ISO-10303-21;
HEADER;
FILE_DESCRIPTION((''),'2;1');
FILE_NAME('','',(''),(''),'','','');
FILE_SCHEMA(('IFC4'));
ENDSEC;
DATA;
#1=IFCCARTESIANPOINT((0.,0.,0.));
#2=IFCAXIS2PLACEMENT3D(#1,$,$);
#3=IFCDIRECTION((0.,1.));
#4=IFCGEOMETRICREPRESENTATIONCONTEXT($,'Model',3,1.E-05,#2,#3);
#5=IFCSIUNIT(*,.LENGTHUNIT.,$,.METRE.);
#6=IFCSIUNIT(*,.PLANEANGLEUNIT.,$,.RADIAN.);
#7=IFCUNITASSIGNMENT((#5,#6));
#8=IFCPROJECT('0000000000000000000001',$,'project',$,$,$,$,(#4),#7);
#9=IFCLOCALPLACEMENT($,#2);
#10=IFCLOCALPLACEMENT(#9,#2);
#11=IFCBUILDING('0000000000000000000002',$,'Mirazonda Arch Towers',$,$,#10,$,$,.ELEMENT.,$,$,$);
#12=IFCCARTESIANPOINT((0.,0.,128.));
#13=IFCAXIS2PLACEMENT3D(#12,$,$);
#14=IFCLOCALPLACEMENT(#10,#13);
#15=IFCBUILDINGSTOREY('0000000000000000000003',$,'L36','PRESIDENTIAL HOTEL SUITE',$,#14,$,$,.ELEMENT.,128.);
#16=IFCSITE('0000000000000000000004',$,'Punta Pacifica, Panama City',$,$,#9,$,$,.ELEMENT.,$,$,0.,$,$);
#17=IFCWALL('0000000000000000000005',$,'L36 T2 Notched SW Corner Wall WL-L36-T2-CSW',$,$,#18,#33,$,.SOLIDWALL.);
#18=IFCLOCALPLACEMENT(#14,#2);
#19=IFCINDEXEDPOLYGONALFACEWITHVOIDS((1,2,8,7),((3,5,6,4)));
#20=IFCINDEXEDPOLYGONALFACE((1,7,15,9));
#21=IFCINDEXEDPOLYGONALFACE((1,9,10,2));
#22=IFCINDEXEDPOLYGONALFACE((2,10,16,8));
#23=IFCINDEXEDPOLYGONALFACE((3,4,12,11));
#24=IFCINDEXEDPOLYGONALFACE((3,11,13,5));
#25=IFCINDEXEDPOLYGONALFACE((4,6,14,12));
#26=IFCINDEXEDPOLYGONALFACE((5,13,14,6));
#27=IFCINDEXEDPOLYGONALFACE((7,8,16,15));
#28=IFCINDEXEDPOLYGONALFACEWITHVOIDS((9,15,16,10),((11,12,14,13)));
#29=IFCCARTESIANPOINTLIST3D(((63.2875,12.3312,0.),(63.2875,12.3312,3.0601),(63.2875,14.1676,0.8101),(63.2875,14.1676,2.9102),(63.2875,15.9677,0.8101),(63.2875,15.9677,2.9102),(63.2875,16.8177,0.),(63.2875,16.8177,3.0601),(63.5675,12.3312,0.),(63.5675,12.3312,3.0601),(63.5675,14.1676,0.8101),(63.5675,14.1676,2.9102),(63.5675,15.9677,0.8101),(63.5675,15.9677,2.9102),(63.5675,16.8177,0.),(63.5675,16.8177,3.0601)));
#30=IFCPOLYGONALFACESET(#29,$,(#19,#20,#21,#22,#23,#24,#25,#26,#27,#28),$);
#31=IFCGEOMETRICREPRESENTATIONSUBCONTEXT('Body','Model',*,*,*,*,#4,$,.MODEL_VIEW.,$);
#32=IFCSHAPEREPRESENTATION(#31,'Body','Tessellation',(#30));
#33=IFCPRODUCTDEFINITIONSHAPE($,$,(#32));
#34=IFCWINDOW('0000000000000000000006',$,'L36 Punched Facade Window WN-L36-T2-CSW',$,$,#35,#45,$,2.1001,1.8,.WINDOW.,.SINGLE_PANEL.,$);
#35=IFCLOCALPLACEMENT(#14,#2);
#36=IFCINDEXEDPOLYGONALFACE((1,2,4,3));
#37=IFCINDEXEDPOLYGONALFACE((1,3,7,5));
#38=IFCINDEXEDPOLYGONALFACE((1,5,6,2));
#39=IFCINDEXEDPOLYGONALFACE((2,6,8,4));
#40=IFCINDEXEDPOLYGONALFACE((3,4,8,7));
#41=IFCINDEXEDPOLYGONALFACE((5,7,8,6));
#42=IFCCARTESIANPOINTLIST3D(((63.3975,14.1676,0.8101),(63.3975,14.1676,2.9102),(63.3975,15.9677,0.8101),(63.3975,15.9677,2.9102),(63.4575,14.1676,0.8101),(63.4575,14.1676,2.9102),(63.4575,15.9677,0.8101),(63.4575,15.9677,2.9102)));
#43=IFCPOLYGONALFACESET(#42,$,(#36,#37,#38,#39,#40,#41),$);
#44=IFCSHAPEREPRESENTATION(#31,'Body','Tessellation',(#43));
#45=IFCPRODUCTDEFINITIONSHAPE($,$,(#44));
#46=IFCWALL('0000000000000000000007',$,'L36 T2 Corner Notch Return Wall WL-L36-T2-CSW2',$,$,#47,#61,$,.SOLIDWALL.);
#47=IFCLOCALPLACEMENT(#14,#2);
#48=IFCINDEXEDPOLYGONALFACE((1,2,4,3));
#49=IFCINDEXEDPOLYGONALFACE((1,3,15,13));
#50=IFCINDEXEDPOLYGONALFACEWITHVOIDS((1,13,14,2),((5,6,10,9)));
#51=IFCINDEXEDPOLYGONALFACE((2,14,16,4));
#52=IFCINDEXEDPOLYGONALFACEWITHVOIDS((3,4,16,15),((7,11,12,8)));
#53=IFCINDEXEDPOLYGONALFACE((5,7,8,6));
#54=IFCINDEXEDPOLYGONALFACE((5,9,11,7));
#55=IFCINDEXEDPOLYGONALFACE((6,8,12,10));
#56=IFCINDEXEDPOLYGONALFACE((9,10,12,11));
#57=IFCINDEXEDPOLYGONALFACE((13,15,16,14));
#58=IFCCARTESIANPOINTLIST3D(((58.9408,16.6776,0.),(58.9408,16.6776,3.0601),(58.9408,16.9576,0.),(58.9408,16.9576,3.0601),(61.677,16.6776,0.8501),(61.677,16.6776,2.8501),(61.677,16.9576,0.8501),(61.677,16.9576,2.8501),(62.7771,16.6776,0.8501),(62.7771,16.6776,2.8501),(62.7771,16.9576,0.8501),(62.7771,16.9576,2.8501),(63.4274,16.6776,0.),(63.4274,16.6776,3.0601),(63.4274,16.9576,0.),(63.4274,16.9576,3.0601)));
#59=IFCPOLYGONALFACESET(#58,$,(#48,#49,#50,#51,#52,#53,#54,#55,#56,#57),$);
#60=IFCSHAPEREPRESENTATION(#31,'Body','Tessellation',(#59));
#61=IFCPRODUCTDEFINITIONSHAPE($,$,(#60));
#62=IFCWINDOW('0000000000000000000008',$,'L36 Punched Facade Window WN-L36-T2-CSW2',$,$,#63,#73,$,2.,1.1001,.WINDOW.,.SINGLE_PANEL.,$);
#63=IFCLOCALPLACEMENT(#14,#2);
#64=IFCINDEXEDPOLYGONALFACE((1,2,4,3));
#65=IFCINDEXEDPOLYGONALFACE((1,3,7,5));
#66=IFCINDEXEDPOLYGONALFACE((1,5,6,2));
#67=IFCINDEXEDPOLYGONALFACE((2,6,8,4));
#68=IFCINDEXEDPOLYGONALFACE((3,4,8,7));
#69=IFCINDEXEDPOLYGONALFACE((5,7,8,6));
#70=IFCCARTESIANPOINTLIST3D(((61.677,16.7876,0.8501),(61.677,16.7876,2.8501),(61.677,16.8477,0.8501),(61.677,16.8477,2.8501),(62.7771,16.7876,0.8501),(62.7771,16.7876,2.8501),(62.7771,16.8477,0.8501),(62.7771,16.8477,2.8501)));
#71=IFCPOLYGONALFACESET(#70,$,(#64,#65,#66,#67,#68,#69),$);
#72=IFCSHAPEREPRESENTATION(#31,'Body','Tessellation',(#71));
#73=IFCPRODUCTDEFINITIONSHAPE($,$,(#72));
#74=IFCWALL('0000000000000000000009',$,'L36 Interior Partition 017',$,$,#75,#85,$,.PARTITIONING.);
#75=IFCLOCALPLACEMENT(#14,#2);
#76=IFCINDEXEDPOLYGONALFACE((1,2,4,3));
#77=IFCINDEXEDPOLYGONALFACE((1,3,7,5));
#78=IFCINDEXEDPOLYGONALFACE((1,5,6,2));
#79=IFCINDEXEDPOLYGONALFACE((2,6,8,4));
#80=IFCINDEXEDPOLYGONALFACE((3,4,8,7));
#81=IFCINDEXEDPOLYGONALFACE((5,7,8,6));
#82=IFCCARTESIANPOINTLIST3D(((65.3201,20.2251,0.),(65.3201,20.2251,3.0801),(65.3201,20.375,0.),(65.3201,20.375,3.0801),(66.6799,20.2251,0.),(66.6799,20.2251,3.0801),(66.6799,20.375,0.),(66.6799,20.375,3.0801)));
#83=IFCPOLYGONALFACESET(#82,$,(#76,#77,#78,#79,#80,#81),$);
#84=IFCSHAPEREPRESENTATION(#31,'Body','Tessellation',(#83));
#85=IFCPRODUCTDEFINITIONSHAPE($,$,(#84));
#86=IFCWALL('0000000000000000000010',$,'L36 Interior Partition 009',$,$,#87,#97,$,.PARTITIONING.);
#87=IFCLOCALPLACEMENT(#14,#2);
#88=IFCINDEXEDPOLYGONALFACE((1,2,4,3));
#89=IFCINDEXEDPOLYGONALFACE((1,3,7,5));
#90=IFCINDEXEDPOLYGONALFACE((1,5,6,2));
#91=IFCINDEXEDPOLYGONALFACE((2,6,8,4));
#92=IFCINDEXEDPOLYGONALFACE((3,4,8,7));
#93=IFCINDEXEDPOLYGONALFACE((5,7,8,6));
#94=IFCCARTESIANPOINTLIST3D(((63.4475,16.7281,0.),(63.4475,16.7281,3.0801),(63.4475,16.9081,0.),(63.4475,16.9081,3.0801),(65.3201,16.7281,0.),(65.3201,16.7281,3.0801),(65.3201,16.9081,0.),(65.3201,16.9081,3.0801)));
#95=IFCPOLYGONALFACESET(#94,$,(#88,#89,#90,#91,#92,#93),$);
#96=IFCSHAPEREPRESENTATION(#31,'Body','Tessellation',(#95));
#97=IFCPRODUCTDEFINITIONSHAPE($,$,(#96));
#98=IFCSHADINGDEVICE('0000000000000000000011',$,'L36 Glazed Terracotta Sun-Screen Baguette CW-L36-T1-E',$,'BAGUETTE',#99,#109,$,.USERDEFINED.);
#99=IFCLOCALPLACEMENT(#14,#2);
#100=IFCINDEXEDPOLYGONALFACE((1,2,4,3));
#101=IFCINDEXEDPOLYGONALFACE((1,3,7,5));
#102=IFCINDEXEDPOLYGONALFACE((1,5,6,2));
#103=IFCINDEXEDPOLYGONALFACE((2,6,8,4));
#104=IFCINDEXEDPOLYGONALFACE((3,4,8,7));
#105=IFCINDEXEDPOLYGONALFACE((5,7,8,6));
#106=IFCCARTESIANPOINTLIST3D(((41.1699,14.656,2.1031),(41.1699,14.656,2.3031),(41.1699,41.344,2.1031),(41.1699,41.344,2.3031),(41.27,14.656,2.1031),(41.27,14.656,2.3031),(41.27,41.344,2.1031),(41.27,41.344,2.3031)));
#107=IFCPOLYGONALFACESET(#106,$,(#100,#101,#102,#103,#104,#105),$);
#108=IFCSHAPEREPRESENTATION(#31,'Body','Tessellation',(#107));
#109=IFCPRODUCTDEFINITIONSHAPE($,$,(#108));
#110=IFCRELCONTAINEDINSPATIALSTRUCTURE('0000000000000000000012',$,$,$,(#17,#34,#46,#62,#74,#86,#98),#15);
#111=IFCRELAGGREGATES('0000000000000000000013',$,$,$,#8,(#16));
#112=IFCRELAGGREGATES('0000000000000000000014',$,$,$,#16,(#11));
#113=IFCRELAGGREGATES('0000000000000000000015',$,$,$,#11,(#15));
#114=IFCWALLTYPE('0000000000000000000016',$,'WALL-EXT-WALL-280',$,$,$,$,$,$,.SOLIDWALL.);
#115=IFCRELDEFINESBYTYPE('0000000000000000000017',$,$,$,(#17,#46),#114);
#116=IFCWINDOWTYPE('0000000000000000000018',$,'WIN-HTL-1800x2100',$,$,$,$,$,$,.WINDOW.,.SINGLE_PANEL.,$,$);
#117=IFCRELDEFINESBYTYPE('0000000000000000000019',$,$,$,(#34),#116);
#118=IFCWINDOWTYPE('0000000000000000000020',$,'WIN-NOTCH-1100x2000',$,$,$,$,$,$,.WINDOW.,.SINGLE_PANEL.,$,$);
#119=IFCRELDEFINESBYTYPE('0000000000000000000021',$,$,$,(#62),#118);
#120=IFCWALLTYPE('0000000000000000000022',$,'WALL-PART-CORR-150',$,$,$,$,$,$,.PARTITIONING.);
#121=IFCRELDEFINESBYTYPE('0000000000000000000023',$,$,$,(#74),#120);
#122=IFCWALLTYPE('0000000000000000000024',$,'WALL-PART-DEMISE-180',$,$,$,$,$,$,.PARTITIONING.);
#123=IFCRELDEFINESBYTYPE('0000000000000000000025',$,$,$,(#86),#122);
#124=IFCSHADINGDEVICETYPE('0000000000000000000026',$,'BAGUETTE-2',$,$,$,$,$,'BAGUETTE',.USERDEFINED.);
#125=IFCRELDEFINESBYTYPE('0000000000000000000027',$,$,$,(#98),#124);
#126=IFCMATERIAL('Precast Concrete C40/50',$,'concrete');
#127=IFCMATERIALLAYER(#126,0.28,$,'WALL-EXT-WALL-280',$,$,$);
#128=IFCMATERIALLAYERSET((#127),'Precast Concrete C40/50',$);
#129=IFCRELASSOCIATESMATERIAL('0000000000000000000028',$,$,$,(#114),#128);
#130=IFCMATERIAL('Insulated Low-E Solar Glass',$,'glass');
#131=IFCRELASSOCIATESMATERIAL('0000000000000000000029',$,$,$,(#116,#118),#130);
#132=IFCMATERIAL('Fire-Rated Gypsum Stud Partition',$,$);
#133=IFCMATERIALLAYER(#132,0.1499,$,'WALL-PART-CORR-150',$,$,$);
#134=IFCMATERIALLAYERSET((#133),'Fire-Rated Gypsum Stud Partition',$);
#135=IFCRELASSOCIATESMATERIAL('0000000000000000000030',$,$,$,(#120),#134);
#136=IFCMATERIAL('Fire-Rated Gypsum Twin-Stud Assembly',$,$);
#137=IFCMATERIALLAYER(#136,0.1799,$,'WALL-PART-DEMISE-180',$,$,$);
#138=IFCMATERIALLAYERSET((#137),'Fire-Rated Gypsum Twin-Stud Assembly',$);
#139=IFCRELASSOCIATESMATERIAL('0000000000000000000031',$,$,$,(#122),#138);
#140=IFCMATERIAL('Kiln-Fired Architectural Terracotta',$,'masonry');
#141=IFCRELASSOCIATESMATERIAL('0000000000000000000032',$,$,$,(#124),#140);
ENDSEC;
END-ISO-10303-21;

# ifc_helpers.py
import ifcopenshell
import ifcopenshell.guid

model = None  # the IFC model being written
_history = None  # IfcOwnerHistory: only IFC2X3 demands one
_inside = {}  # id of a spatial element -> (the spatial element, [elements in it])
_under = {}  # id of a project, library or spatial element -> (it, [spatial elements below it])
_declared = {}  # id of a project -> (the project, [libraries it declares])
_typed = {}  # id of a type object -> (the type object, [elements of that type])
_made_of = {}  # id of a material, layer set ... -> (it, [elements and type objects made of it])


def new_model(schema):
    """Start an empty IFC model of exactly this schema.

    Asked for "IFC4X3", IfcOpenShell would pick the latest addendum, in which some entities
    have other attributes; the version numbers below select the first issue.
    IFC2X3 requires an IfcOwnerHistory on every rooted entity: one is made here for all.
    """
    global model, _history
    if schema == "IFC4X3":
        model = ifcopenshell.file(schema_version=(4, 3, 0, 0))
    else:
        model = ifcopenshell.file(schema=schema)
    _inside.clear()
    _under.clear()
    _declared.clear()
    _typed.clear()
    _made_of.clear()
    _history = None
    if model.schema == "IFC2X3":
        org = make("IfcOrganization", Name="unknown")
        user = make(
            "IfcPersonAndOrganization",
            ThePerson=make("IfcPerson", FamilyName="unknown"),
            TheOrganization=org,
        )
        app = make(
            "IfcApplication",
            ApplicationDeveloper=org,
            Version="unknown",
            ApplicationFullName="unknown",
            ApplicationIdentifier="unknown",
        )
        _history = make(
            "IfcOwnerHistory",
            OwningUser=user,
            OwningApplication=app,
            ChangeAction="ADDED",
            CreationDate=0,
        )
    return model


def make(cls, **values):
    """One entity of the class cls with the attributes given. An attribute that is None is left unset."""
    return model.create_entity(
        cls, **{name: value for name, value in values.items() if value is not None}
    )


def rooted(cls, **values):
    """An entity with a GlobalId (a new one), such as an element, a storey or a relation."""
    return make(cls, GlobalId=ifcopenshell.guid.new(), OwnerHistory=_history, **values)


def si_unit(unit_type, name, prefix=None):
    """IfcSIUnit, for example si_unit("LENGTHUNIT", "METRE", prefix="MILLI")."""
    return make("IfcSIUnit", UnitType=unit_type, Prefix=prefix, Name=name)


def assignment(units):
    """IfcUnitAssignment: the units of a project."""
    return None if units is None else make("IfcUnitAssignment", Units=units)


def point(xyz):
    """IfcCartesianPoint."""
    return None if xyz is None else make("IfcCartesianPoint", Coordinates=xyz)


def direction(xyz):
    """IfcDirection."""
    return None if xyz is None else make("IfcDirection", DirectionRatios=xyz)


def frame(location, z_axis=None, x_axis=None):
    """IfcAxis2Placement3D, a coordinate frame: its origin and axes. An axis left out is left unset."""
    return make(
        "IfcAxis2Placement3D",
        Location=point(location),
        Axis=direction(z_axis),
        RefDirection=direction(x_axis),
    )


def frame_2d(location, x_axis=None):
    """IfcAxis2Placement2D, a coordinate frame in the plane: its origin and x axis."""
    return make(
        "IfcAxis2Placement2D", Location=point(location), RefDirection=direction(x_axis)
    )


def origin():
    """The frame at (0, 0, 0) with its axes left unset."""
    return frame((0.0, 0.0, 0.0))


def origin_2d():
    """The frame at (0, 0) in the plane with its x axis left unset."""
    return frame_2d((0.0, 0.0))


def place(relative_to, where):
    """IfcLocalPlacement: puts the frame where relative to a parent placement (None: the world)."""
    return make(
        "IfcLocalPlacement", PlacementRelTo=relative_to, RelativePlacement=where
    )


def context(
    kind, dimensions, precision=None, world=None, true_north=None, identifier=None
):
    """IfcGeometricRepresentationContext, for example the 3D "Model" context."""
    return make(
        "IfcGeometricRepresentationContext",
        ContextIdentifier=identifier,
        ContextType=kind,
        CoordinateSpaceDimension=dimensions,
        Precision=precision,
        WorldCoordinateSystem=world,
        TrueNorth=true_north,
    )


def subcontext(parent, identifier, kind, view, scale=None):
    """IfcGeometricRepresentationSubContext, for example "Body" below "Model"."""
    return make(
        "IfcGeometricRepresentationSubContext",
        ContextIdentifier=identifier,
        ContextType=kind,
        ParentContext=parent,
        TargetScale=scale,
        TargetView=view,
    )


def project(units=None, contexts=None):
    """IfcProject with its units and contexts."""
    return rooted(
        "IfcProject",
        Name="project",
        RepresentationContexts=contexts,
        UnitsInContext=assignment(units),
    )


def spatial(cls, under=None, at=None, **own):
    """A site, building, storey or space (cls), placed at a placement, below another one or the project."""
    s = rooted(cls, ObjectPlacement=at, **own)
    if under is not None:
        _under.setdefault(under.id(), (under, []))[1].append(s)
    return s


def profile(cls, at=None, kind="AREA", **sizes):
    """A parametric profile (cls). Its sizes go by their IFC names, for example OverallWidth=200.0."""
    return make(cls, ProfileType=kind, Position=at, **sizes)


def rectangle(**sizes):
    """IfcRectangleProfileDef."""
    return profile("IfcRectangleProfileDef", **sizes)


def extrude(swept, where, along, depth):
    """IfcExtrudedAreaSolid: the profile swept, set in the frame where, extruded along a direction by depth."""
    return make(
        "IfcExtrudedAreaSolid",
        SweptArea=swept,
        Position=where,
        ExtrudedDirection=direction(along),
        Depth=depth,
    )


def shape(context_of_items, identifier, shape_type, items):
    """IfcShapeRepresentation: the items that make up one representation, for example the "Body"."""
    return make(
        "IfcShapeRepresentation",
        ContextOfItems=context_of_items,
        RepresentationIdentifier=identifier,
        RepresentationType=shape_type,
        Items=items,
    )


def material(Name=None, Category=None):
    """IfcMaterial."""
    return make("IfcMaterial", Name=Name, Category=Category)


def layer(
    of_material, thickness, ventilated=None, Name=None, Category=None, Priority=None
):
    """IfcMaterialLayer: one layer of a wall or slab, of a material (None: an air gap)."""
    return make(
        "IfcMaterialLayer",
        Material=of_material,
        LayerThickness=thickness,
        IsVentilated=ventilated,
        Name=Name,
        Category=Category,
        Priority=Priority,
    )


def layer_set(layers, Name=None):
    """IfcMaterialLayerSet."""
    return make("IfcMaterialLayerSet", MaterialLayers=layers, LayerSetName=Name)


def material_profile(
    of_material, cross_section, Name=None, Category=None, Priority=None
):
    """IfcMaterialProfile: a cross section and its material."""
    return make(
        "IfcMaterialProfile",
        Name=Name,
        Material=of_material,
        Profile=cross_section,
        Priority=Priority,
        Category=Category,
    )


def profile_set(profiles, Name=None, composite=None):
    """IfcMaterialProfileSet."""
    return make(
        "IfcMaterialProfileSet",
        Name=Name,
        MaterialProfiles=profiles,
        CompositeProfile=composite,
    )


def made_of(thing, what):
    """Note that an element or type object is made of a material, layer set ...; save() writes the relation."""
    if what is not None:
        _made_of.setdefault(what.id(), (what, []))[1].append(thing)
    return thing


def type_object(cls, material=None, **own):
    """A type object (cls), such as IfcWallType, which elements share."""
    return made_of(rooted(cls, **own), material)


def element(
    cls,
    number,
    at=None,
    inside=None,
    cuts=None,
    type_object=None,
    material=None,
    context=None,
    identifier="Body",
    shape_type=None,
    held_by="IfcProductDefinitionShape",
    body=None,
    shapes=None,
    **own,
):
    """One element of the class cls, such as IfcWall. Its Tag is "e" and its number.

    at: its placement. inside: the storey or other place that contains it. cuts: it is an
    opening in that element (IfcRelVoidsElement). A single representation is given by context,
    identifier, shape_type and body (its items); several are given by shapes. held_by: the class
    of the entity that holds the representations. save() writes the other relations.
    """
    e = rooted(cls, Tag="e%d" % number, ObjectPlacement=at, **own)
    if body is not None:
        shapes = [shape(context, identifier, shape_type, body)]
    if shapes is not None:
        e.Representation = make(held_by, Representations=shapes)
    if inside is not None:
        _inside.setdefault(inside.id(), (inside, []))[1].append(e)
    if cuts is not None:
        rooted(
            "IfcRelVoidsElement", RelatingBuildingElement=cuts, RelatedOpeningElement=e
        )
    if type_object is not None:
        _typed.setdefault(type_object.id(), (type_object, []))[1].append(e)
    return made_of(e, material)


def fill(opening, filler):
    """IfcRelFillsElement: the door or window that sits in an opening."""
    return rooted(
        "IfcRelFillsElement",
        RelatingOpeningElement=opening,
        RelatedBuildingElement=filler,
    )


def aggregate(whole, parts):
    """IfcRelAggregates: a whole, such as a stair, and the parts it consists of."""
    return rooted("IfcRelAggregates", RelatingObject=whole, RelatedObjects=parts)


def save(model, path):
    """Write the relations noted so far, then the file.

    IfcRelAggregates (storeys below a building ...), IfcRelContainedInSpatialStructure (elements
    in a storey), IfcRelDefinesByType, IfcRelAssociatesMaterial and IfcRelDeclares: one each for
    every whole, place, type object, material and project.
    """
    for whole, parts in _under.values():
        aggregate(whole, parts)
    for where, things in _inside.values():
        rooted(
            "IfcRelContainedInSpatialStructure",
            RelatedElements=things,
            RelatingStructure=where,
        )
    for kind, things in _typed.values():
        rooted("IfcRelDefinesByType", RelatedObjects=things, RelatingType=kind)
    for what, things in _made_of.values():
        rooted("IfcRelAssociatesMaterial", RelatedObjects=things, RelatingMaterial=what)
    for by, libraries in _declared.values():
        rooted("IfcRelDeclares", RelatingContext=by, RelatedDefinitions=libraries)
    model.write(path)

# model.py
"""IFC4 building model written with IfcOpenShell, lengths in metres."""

from ifc_helpers import new_model, si_unit, direction, frame, frame_2d, origin, origin_2d, place, context, subcontext, project, spatial, rectangle, extrude, material, layer, layer_set, material_profile, profile_set, type_object, element, fill, save


model = new_model("IFC4")

# Units and contexts
model_context = context("Model", 3, precision=1e-05, world=origin(), true_north=direction((0.0, 1.0)))
body_context = subcontext(model_context, "Body", "Model", "MODEL_VIEW")
ifc_project = project(units=[si_unit("LENGTHUNIT", "METRE"), si_unit("PLANEANGLEUNIT", "RADIAN")], contexts=[model_context])

# Site, building, storey
site_placement = place(None, origin())
site = spatial("IfcSite", under=ifc_project, at=site_placement, Name="Punta Pacifica, Panama City", CompositionType="ELEMENT", RefElevation=0.0)
building_placement = place(site_placement, origin())
building = spatial("IfcBuilding", under=site, at=building_placement, Name="Mirazonda Arch Towers", CompositionType="ELEMENT")
storey_placement = place(building_placement, frame((0.0, 0.0, 128.0)))
storey = spatial("IfcBuildingStorey", under=building, at=storey_placement, Name="L36", Description="PRESIDENTIAL HOTEL SUITE", CompositionType="ELEMENT", Elevation=128.0)

# Shared definitions
ifc_material_1 = material(Name="Insulated Low-E Solar Glass", Category="glass")

# Walls, openings, windows
ifc_material_2 = material(Name="Precast Concrete C40/50", Category="concrete")
ifc_layer_1 = layer(ifc_material_2, 0.28, Name="WALL-EXT-WALL-280")
ifc_layer_set_1 = layer_set([ifc_layer_1], Name="Precast Concrete C40/50")
wall_type_1 = type_object("IfcWallType", Name="WALL-EXT-WALL-280", PredefinedType="SOLIDWALL", material=ifc_layer_set_1)
wall_1_placement = place(storey_placement, frame((63.4275, 16.8176, 0.0), z_axis=(0.0, 0.0, 1.0), x_axis=(0.0, -1.0, 0.0)))
wall_1 = element("IfcWall", 1, at=wall_1_placement, inside=storey, type_object=wall_type_1, Name="L36 T2 Notched SW Corner Wall WL-L36-T2-CSW", PredefinedType="SOLIDWALL", context=body_context, shape_type="SweptSolid", body=[
    extrude(rectangle(XDim=4.4866, YDim=0.28, at=frame_2d((2.2432, 0.0))), origin(), (0.0, 0.0, 1.0), 3.0601),
])
opening_1_placement = place(wall_1_placement, frame((0.8501, 0.0, 0.8101)))
opening_1 = element("IfcOpeningElement", 2, at=opening_1_placement, cuts=wall_1, PredefinedType="OPENING", context=body_context, shape_type="SweptSolid", body=[
    extrude(rectangle(XDim=1.8, YDim=2.1001, at=frame_2d((0.8999, 1.05))), frame((0.0, 0.1499, 0.0), z_axis=(0.0, -1.0, 0.0), x_axis=(1.0, 0.0, 0.0)), (0.0, 0.0, 1.0), 0.3),
])
window_type_1 = type_object("IfcWindowType", Name="WIN-HTL-1800x2100", PartitioningType="SINGLE_PANEL", PredefinedType="WINDOW", material=ifc_material_1)
window_1_placement = place(opening_1_placement, origin())
window_1 = element("IfcWindow", 3, at=window_1_placement, inside=storey, type_object=window_type_1, Name="L36 Punched Facade Window WN-L36-T2-CSW", OverallHeight=2.1001, OverallWidth=1.8, PartitioningType="SINGLE_PANEL", PredefinedType="WINDOW", context=body_context, shape_type="SweptSolid", body=[
    extrude(rectangle(XDim=1.8, YDim=2.1001, at=frame_2d((0.8999, 1.05))), frame((0.0, 0.03, 0.0), z_axis=(0.0, -1.0, 0.0), x_axis=(1.0, 0.0, 0.0)), (0.0, 0.0, 1.0), 0.0601),
])
fill(opening_1, window_1)
wall_2_placement = place(storey_placement, frame((58.9409, 16.8176, 0.0), z_axis=(0.0, 0.0, 1.0), x_axis=(1.0, 0.0, 0.0)))
wall_2 = element("IfcWall", 4, at=wall_2_placement, inside=storey, type_object=wall_type_1, Name="L36 T2 Corner Notch Return Wall WL-L36-T2-CSW2", PredefinedType="SOLIDWALL", context=body_context, shape_type="SweptSolid", body=[
    extrude(rectangle(XDim=4.4866, YDim=0.28, at=frame_2d((2.2432, 0.0))), origin(), (0.0, 0.0, 1.0), 3.0601),
])
opening_2_placement = place(wall_2_placement, frame((2.7361, 0.0, 0.8501)))
opening_2 = element("IfcOpeningElement", 5, at=opening_2_placement, cuts=wall_2, PredefinedType="OPENING", context=body_context, shape_type="SweptSolid", body=[
    extrude(rectangle(XDim=1.1001, YDim=2.0, at=frame_2d((0.55, 1.0))), frame((0.0, 0.1499, 0.0), z_axis=(0.0, -1.0, 0.0), x_axis=(1.0, 0.0, 0.0)), (0.0, 0.0, 1.0), 0.3),
])
window_type_2 = type_object("IfcWindowType", Name="WIN-NOTCH-1100x2000", PartitioningType="SINGLE_PANEL", PredefinedType="WINDOW", material=ifc_material_1)
window_2_placement = place(opening_2_placement, origin())
window_2 = element("IfcWindow", 6, at=window_2_placement, inside=storey, type_object=window_type_2, Name="L36 Punched Facade Window WN-L36-T2-CSW2", OverallHeight=2.0, OverallWidth=1.1001, PartitioningType="SINGLE_PANEL", PredefinedType="WINDOW", context=body_context, shape_type="SweptSolid", body=[
    extrude(rectangle(XDim=1.1001, YDim=2.0, at=frame_2d((0.55, 1.0))), frame((0.0, 0.03, 0.0), z_axis=(0.0, -1.0, 0.0), x_axis=(1.0, 0.0, 0.0)), (0.0, 0.0, 1.0), 0.0601),
])
fill(opening_2, window_2)

# Walls
ifc_material_3 = material(Name="Fire-Rated Gypsum Stud Partition")
ifc_layer_2 = layer(ifc_material_3, 0.1499, Name="WALL-PART-CORR-150")
ifc_layer_set_2 = layer_set([ifc_layer_2], Name="Fire-Rated Gypsum Stud Partition")
wall_type_2 = type_object("IfcWallType", Name="WALL-PART-CORR-150", PredefinedType="PARTITIONING", material=ifc_layer_set_2)
wall_3_placement = place(storey_placement, frame((65.3201, 20.3, 0.0), z_axis=(0.0, 0.0, 1.0), x_axis=(1.0, 0.0, 0.0)))
element("IfcWall", 7, at=wall_3_placement, inside=storey, type_object=wall_type_2, Name="L36 Interior Partition 017", PredefinedType="PARTITIONING", context=body_context, shape_type="SweptSolid", body=[
    extrude(rectangle(XDim=1.3599, YDim=0.1499, at=frame_2d((0.6799, 0.0))), origin(), (0.0, 0.0, 1.0), 3.0801),
])
ifc_material_4 = material(Name="Fire-Rated Gypsum Twin-Stud Assembly")
ifc_layer_3 = layer(ifc_material_4, 0.1799, Name="WALL-PART-DEMISE-180")
ifc_layer_set_3 = layer_set([ifc_layer_3], Name="Fire-Rated Gypsum Twin-Stud Assembly")
wall_type_3 = type_object("IfcWallType", Name="WALL-PART-DEMISE-180", PredefinedType="PARTITIONING", material=ifc_layer_set_3)
wall_4_placement = place(storey_placement, frame((63.4475, 16.8181, 0.0), z_axis=(0.0, 0.0, 1.0), x_axis=(1.0, 0.0, 0.0)))
element("IfcWall", 8, at=wall_4_placement, inside=storey, type_object=wall_type_3, Name="L36 Interior Partition 009", PredefinedType="PARTITIONING", context=body_context, shape_type="SweptSolid", body=[
    extrude(rectangle(XDim=1.8726, YDim=0.1799, at=frame_2d((0.9363, 0.0))), origin(), (0.0, 0.0, 1.0), 3.0801),
])

# Shading device
ifc_material_5 = material(Name="Kiln-Fired Architectural Terracotta", Category="masonry")
ifc_material_profile_1 = material_profile(ifc_material_5, rectangle(XDim=0.1001, YDim=0.2, at=origin_2d()), Name="TERRA-BAG-100x200")
ifc_profile_set_1 = profile_set([ifc_material_profile_1], Name="Kiln-Fired Architectural Terracotta")
shading_device_type = type_object("IfcShadingDeviceType", Name="BAGUETTE-2", ElementType="BAGUETTE", PredefinedType="USERDEFINED", material=ifc_profile_set_1)
shading_device_placement = place(storey_placement, frame((41.22, 14.656, 2.2031), z_axis=(0.0, 1.0, 0.0), x_axis=(-1.0, 0.0, 0.0)))
element("IfcShadingDevice", 9, at=shading_device_placement, inside=storey, type_object=shading_device_type, Name="L36 Glazed Terracotta Sun-Screen Baguette CW-L36-T1-E", ObjectType="BAGUETTE", PredefinedType="USERDEFINED", context=body_context, shape_type="SweptSolid", body=[
    extrude(rectangle(XDim=0.1001, YDim=0.2, at=origin_2d()), origin(), (0.0, 0.0, 1.0), 26.688),
])

save(model, "model.ifc")
